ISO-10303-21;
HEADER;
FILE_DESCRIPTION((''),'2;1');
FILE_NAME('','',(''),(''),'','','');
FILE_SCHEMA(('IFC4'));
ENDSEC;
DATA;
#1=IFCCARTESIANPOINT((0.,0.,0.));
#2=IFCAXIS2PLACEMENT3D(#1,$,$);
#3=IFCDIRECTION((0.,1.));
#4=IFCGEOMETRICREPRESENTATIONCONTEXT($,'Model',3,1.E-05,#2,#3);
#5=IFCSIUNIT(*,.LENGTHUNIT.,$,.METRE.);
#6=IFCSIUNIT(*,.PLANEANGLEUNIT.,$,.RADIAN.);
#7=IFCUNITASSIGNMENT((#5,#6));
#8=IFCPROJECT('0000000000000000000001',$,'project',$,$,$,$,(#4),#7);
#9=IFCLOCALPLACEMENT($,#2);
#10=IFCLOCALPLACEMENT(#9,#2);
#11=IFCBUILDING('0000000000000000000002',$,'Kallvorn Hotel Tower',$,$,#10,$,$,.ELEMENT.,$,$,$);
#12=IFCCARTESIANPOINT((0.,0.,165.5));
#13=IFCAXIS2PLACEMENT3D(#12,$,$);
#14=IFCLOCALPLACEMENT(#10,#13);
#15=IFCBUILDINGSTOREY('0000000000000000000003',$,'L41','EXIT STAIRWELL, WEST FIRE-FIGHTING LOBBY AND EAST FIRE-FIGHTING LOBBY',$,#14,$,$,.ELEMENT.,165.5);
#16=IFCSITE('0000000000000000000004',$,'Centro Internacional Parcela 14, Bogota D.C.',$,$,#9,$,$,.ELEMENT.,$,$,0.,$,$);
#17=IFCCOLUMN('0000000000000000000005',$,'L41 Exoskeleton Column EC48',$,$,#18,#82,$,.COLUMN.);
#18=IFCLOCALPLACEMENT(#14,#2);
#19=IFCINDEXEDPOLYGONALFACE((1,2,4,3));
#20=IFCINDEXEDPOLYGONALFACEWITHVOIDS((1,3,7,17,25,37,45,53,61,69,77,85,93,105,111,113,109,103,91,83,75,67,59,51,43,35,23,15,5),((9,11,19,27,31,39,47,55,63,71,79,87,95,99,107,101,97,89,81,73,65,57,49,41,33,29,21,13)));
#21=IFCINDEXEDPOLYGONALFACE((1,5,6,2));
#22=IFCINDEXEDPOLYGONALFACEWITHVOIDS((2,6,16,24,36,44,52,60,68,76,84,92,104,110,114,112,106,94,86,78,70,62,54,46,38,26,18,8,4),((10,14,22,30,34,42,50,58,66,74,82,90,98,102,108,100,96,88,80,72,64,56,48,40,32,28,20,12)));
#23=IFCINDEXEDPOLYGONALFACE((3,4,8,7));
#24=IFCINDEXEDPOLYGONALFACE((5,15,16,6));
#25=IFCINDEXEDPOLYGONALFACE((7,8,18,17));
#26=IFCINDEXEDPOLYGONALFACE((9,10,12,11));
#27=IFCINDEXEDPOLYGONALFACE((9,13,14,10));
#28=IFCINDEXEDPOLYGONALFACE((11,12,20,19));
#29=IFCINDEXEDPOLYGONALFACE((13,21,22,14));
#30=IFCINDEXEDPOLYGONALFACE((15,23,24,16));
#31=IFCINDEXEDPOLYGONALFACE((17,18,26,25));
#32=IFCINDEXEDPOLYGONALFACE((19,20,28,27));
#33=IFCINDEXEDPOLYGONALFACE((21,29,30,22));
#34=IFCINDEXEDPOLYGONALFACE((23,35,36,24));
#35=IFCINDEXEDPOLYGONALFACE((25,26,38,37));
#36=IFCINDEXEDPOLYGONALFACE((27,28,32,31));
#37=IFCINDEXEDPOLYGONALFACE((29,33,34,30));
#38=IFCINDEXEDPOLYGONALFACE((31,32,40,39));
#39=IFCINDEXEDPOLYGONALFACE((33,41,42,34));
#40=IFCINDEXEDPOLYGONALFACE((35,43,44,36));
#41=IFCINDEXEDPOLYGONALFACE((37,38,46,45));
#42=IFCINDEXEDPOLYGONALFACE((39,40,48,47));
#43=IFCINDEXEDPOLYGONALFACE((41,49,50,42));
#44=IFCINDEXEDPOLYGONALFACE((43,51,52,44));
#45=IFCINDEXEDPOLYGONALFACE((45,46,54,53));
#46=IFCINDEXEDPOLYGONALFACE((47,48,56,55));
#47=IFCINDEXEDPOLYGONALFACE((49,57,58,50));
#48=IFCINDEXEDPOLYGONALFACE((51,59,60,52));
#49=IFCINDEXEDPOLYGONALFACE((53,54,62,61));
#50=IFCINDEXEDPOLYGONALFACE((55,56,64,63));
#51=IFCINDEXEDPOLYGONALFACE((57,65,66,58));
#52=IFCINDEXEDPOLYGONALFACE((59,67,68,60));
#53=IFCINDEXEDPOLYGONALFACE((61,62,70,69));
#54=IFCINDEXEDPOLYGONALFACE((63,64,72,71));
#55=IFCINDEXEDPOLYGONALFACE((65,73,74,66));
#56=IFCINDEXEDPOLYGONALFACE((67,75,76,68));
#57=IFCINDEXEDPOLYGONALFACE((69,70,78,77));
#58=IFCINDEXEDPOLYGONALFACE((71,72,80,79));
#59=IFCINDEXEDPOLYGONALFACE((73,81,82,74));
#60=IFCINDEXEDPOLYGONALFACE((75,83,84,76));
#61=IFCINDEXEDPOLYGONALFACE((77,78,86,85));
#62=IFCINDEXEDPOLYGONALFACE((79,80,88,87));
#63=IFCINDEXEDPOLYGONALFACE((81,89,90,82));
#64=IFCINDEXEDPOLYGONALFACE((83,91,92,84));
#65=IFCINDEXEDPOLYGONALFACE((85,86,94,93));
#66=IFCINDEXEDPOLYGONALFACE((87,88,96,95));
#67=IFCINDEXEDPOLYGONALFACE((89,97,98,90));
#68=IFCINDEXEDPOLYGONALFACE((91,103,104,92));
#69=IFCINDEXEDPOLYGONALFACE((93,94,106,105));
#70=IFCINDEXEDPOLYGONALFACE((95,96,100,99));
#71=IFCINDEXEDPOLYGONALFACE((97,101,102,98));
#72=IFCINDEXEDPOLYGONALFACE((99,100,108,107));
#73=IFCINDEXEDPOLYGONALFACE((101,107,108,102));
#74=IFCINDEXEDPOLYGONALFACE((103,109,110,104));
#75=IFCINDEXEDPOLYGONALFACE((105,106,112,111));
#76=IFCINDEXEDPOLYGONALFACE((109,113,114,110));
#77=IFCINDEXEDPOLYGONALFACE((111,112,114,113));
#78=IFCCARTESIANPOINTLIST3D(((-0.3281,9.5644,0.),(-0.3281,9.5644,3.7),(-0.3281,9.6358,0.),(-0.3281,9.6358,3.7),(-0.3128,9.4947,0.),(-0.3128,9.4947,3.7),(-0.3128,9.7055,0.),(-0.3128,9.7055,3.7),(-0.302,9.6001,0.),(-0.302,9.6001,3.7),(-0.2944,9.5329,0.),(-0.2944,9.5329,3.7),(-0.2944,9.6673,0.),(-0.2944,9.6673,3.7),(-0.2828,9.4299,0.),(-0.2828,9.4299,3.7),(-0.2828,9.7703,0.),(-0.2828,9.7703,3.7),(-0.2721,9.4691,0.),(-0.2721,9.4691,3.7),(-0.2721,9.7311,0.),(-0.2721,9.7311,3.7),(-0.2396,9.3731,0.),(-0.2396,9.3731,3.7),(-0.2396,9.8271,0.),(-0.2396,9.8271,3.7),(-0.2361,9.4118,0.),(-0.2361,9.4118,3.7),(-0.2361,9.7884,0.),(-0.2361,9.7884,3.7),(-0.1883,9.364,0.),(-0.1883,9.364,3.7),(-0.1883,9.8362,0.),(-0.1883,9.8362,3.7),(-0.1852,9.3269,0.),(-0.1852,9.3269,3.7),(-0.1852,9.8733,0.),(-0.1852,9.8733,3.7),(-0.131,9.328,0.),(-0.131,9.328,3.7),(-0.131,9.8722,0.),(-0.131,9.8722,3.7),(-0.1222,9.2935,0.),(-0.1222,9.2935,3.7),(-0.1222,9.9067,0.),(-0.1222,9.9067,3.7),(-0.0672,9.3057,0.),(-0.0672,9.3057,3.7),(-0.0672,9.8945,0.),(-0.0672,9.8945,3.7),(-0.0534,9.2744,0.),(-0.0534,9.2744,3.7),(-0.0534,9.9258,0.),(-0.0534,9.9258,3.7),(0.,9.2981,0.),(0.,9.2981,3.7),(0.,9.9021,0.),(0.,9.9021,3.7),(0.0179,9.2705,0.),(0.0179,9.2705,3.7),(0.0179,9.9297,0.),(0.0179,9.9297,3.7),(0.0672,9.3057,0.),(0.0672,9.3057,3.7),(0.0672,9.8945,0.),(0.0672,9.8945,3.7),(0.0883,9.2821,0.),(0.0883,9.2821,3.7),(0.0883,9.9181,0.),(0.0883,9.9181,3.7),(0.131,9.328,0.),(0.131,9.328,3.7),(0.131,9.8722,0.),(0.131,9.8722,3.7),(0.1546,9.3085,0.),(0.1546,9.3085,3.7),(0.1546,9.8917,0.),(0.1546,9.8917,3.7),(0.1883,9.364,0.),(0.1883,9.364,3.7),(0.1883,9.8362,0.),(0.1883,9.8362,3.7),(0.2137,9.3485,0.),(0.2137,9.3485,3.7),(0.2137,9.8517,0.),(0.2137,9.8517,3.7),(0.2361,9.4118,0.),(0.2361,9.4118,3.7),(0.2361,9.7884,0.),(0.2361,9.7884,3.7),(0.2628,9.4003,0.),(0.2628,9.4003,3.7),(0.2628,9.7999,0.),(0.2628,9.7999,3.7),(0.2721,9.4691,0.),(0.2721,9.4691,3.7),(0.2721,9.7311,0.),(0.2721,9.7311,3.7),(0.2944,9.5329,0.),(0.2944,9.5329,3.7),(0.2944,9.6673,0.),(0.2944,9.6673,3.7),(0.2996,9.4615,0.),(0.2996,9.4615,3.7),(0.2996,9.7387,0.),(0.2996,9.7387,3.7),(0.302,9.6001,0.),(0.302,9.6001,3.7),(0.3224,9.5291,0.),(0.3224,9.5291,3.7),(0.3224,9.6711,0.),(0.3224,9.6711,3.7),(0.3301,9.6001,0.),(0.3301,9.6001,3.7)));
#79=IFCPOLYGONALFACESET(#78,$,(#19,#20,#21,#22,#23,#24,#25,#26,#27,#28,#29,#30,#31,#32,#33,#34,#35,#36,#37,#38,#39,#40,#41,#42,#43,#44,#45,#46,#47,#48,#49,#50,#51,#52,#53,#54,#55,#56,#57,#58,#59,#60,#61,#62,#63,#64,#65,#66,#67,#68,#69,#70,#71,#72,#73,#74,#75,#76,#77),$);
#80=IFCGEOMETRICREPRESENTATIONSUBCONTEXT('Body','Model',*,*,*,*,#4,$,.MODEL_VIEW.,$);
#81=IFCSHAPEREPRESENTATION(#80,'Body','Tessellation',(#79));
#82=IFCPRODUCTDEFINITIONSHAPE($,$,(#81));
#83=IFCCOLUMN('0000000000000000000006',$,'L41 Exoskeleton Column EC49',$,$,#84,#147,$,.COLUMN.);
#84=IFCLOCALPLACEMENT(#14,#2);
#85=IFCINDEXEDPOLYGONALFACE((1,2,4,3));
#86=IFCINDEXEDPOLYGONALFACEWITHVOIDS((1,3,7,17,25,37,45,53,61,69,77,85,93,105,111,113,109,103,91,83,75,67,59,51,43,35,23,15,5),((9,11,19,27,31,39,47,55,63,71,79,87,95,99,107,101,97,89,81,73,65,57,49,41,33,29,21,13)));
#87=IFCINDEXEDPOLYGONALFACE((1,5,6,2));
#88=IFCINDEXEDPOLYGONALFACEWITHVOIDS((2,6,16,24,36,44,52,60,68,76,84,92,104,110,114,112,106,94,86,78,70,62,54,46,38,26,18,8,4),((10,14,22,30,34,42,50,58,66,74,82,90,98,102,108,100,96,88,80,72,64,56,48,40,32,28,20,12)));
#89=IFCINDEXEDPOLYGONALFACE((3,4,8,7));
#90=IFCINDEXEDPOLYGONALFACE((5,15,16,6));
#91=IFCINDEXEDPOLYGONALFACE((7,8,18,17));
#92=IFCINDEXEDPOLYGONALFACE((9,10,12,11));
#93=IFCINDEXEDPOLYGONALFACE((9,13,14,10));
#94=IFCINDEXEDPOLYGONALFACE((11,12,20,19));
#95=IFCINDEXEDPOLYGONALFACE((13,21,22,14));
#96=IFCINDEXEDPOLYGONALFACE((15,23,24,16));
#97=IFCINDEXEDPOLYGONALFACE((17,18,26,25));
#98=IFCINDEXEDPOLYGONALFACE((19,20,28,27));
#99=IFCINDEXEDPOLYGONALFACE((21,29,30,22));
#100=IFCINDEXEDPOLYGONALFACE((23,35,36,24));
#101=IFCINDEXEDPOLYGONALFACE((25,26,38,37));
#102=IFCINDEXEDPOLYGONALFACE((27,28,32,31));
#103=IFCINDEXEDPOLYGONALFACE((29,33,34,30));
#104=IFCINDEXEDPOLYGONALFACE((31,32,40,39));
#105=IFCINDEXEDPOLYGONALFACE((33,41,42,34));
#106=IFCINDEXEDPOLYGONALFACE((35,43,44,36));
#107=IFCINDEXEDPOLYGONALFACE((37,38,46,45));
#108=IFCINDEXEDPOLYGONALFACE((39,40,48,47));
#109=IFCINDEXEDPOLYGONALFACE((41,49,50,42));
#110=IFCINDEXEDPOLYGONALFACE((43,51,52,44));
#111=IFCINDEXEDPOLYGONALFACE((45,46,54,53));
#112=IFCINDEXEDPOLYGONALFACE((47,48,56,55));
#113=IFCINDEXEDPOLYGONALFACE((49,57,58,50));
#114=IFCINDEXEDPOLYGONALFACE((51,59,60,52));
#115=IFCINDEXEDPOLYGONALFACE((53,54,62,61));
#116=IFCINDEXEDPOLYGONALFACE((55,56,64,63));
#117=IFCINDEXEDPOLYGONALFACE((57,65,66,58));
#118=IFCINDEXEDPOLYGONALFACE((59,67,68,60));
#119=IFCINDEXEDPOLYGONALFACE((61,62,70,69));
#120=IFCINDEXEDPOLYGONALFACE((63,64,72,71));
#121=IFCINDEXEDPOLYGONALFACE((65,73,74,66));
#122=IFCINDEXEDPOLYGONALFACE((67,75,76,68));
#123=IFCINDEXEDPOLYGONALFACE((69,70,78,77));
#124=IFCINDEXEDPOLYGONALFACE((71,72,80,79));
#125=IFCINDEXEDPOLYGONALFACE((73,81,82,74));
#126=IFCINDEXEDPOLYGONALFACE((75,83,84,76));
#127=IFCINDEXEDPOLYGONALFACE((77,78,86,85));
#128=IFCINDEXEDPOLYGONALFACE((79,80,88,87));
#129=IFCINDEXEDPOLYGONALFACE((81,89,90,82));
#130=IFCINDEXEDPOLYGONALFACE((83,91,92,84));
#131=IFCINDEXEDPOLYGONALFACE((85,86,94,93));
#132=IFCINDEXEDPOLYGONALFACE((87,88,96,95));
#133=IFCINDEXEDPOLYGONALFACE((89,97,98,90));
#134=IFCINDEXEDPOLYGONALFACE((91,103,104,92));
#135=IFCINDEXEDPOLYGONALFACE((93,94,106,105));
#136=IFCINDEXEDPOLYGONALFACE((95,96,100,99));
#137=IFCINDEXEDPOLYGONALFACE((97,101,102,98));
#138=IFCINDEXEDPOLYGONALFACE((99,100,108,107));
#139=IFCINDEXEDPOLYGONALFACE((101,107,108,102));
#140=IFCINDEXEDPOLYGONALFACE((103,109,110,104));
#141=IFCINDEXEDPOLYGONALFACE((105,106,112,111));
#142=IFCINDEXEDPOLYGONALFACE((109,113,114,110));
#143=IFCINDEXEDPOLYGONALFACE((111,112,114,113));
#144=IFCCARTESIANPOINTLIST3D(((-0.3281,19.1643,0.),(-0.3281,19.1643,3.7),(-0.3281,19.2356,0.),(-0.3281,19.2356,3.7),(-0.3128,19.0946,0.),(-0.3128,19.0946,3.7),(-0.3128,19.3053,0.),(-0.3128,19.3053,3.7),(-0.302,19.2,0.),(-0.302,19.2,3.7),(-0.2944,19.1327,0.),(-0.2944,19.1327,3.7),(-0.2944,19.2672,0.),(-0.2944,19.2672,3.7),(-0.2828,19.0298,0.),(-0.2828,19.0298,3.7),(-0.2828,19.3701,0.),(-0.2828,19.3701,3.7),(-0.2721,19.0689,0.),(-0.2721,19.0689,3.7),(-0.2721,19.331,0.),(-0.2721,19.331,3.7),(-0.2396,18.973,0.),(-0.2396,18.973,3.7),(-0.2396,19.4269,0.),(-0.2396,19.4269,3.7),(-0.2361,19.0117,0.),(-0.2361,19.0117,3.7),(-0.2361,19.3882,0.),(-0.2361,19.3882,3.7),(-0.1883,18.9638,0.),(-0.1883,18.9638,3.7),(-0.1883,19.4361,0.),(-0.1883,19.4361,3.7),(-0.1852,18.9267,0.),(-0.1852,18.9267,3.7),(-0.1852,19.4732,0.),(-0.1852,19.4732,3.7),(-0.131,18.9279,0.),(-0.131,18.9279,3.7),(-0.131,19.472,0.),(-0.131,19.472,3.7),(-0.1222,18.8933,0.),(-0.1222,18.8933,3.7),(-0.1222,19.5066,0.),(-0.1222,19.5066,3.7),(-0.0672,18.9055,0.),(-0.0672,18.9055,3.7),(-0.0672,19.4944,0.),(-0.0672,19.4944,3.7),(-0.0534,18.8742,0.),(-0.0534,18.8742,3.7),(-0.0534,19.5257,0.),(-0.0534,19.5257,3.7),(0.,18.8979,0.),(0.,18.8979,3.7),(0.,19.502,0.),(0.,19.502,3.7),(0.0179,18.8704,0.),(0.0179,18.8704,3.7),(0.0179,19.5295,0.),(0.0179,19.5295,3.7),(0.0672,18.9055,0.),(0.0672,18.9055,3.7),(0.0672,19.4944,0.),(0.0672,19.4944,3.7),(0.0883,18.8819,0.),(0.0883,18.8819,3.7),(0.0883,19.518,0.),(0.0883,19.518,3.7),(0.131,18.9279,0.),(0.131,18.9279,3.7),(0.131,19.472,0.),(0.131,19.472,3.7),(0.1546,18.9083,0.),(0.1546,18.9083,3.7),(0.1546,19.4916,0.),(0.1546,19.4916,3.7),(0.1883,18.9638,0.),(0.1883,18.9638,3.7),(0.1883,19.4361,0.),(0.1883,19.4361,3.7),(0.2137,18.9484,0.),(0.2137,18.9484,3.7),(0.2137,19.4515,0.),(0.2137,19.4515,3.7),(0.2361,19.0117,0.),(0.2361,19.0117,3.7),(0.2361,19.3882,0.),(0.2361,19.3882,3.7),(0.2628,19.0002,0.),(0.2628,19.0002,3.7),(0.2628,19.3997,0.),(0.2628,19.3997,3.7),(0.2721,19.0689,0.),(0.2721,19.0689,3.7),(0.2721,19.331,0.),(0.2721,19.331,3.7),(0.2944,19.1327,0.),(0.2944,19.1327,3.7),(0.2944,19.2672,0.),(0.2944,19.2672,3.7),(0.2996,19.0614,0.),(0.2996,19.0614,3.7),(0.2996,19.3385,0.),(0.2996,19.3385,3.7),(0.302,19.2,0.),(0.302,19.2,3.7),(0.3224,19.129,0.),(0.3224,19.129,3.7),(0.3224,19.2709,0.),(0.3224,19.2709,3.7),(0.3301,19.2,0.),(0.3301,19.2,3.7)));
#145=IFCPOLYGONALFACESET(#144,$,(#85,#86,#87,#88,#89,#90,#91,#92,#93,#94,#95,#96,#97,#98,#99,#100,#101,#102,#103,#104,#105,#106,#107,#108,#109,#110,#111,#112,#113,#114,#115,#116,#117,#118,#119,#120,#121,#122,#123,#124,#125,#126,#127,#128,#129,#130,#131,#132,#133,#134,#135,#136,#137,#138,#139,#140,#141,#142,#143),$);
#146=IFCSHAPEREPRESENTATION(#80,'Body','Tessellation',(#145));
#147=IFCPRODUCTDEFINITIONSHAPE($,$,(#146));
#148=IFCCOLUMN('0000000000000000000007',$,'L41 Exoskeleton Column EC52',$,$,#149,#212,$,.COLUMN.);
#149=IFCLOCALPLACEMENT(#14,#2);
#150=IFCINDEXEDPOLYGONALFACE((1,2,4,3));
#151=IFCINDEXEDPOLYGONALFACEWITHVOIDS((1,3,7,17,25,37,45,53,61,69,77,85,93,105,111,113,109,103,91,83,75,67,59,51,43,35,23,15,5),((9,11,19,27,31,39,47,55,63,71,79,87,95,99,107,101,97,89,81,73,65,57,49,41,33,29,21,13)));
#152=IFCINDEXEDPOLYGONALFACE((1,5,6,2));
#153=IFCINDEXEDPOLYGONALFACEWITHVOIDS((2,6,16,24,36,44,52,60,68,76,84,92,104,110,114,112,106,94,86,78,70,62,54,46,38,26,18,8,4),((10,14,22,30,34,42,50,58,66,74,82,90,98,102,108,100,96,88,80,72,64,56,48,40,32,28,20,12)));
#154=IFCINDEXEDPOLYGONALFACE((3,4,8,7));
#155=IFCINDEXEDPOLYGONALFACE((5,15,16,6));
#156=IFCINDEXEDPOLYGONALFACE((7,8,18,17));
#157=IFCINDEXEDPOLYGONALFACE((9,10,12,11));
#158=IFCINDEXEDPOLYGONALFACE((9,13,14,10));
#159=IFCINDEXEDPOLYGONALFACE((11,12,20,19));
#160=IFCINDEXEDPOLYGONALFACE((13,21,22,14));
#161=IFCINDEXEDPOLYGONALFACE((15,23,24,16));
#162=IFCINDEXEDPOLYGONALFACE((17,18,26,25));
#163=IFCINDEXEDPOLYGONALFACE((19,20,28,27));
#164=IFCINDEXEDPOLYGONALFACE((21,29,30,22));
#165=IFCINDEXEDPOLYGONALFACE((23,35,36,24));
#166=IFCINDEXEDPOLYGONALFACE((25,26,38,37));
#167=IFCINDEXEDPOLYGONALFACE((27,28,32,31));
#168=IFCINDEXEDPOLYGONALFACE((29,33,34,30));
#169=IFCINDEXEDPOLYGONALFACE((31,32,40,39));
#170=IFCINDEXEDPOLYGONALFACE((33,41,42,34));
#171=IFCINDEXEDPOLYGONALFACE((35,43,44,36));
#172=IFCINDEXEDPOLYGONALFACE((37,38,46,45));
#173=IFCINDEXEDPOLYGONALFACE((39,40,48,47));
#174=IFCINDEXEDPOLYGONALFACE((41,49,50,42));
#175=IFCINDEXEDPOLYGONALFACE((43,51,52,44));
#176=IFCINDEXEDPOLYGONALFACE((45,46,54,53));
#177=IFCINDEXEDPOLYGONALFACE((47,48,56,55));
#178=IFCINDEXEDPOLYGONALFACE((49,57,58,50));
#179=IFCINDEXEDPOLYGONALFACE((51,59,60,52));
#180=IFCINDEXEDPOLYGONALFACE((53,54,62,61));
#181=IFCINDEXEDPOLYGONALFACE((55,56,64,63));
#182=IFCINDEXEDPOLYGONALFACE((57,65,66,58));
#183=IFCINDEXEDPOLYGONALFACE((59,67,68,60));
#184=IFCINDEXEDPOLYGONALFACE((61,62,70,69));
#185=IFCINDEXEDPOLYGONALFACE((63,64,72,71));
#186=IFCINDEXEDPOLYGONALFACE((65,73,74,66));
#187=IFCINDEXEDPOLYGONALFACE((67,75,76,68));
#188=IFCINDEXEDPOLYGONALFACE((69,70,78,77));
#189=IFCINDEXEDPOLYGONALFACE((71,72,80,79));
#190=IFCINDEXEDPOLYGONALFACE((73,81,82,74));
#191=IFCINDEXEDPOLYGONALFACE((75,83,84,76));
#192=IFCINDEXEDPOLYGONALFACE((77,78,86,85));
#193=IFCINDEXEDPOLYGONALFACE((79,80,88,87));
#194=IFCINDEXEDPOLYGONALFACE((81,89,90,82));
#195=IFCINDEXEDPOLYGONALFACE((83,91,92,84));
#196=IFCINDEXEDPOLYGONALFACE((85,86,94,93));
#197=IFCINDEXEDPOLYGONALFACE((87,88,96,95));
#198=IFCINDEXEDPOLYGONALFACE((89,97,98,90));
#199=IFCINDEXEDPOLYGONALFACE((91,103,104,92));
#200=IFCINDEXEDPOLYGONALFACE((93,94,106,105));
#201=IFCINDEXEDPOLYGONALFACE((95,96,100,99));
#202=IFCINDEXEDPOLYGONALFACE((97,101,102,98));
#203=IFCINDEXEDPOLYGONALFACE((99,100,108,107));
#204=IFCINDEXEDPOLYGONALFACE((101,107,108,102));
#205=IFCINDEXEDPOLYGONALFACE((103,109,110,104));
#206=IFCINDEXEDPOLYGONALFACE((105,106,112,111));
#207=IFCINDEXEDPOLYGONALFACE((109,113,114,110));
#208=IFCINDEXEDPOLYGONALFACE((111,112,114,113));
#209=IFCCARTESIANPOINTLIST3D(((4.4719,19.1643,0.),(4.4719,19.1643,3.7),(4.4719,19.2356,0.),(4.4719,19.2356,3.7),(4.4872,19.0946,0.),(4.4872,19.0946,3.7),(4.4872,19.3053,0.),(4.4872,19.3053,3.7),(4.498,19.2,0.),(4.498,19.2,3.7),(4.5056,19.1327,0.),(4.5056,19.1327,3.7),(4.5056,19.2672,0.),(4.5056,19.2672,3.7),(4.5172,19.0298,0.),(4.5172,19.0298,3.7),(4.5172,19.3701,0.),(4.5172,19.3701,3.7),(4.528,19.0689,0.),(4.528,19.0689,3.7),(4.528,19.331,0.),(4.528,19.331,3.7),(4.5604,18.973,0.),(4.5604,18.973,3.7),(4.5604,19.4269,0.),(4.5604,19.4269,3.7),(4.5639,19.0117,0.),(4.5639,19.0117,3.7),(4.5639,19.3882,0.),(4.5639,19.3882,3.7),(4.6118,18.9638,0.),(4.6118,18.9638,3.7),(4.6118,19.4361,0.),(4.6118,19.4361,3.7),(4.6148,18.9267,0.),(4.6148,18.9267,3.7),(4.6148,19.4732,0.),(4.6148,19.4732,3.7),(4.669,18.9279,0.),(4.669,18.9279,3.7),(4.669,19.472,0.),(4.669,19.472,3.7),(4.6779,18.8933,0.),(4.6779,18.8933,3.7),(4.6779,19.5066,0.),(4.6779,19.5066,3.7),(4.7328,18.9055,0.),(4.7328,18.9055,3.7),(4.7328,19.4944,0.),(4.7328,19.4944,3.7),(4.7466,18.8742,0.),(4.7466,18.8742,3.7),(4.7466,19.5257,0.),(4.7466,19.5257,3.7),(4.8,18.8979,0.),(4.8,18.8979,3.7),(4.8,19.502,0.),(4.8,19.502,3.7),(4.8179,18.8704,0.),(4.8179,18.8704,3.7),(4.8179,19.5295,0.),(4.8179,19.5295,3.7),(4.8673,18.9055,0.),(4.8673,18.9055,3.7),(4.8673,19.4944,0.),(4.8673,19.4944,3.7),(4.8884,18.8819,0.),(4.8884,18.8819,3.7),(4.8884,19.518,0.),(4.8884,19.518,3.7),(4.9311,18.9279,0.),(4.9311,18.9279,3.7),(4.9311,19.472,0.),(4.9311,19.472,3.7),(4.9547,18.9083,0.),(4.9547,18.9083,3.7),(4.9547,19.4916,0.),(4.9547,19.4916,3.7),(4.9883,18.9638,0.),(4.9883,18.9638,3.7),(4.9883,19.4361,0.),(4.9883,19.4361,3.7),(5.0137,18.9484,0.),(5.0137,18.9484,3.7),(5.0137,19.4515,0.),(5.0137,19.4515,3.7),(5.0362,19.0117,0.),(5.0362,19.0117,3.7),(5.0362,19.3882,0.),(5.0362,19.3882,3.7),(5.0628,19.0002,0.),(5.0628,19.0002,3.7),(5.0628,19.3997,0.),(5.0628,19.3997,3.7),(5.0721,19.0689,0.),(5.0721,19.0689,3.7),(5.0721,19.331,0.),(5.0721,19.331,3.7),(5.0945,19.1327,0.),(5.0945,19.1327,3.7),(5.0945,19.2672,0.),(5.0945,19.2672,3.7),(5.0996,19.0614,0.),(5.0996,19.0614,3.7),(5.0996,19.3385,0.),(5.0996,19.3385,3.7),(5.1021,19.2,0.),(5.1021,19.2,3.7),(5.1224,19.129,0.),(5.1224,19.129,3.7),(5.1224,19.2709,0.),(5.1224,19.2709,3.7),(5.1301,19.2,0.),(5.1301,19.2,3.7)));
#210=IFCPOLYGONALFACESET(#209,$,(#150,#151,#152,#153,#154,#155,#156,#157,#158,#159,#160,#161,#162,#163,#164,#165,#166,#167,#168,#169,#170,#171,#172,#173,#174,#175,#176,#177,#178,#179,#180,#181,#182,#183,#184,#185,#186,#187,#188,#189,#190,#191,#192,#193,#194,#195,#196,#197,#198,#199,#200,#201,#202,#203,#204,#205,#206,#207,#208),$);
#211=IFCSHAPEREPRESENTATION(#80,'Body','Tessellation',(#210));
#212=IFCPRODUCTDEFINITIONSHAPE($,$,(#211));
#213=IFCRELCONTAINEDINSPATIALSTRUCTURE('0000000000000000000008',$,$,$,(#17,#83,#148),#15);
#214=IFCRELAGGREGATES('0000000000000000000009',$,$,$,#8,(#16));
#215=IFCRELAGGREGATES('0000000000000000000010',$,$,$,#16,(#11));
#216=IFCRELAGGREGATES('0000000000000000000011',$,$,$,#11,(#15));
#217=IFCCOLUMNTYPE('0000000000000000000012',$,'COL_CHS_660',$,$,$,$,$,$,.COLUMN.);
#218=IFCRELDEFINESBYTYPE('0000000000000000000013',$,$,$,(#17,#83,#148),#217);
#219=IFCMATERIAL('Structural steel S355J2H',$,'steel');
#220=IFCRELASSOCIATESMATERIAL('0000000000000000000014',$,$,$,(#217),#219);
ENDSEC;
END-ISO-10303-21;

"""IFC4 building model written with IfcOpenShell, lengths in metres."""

from ifc_helpers import new_model, si_unit, direction, frame, origin, origin_2d, place, context, subcontext, project, spatial, hollow_circle, extrude, material, material_profile, profile_set, type_object, element, save


model = new_model("IFC4")

# Units and contexts
model_context = context("Model", 3, precision=1e-05, world=origin(), true_north=direction((0.0, 1.0)))
body_context = subcontext(model_context, "Body", "Model", "MODEL_VIEW")
ifc_project = project(units=[si_unit("LENGTHUNIT", "METRE"), si_unit("PLANEANGLEUNIT", "RADIAN")], contexts=[model_context])

# Site, building, storey
site_placement = place(None, origin())
site = spatial("IfcSite", under=ifc_project, at=site_placement, Name="Centro Internacional Parcela 14, Bogota D.C.", CompositionType="ELEMENT", RefElevation=0.0)
building_placement = place(site_placement, origin())
building = spatial("IfcBuilding", under=site, at=building_placement, Name="Kallvorn Hotel Tower", CompositionType="ELEMENT")
storey_placement = place(building_placement, frame((0.0, 0.0, 165.5)))
storey = spatial("IfcBuildingStorey", under=building, at=storey_placement, Name="L41", Description="EXIT STAIRWELL, WEST FIRE-FIGHTING LOBBY AND EAST FIRE-FIGHTING LOBBY", CompositionType="ELEMENT", Elevation=165.5)

# Columns
ifc_material_1 = material(Name="Structural steel S355J2H", Category="steel")
ifc_material_profile_1 = material_profile(ifc_material_1, hollow_circle(Radius=0.3301, WallThickness=0.0281, at=origin_2d()), Name="CHS 660x28")
ifc_profile_set_1 = profile_set([ifc_material_profile_1], Name="Structural steel S355J2H")
column_type_1 = type_object("IfcColumnType", Name="COL_CHS_660", PredefinedType="COLUMN", material=ifc_profile_set_1)
for number, where, z_axis, x_axis, name in (
    (1, (0.0, 9.6001, 0.0), (0.0, 0.0, 1.0), (1.0, 0.0, 0.0), "L41 Exoskeleton Column EC48"),
    (2, (0.0, 19.2, 0.0), (0.0, 0.0, 1.0), (1.0, 0.0, 0.0), "L41 Exoskeleton Column EC49"),
    (3, (4.8, 19.2, 0.0), (0.0, 0.0, 1.0), (1.0, 0.0, 0.0), "L41 Exoskeleton Column EC52"),
):
    element("IfcColumn", number, at=place(storey_placement, frame(where, z_axis=z_axis, x_axis=x_axis)), inside=storey, type_object=column_type_1, Name=name, PredefinedType="COLUMN", context=body_context, shape_type="SweptSolid", body=[
        extrude(hollow_circle(Radius=0.3301, WallThickness=0.0281, at=origin_2d()), origin(), (0.0, 0.0, 1.0), 3.7),
    ])

save(model, "model.ifc")
